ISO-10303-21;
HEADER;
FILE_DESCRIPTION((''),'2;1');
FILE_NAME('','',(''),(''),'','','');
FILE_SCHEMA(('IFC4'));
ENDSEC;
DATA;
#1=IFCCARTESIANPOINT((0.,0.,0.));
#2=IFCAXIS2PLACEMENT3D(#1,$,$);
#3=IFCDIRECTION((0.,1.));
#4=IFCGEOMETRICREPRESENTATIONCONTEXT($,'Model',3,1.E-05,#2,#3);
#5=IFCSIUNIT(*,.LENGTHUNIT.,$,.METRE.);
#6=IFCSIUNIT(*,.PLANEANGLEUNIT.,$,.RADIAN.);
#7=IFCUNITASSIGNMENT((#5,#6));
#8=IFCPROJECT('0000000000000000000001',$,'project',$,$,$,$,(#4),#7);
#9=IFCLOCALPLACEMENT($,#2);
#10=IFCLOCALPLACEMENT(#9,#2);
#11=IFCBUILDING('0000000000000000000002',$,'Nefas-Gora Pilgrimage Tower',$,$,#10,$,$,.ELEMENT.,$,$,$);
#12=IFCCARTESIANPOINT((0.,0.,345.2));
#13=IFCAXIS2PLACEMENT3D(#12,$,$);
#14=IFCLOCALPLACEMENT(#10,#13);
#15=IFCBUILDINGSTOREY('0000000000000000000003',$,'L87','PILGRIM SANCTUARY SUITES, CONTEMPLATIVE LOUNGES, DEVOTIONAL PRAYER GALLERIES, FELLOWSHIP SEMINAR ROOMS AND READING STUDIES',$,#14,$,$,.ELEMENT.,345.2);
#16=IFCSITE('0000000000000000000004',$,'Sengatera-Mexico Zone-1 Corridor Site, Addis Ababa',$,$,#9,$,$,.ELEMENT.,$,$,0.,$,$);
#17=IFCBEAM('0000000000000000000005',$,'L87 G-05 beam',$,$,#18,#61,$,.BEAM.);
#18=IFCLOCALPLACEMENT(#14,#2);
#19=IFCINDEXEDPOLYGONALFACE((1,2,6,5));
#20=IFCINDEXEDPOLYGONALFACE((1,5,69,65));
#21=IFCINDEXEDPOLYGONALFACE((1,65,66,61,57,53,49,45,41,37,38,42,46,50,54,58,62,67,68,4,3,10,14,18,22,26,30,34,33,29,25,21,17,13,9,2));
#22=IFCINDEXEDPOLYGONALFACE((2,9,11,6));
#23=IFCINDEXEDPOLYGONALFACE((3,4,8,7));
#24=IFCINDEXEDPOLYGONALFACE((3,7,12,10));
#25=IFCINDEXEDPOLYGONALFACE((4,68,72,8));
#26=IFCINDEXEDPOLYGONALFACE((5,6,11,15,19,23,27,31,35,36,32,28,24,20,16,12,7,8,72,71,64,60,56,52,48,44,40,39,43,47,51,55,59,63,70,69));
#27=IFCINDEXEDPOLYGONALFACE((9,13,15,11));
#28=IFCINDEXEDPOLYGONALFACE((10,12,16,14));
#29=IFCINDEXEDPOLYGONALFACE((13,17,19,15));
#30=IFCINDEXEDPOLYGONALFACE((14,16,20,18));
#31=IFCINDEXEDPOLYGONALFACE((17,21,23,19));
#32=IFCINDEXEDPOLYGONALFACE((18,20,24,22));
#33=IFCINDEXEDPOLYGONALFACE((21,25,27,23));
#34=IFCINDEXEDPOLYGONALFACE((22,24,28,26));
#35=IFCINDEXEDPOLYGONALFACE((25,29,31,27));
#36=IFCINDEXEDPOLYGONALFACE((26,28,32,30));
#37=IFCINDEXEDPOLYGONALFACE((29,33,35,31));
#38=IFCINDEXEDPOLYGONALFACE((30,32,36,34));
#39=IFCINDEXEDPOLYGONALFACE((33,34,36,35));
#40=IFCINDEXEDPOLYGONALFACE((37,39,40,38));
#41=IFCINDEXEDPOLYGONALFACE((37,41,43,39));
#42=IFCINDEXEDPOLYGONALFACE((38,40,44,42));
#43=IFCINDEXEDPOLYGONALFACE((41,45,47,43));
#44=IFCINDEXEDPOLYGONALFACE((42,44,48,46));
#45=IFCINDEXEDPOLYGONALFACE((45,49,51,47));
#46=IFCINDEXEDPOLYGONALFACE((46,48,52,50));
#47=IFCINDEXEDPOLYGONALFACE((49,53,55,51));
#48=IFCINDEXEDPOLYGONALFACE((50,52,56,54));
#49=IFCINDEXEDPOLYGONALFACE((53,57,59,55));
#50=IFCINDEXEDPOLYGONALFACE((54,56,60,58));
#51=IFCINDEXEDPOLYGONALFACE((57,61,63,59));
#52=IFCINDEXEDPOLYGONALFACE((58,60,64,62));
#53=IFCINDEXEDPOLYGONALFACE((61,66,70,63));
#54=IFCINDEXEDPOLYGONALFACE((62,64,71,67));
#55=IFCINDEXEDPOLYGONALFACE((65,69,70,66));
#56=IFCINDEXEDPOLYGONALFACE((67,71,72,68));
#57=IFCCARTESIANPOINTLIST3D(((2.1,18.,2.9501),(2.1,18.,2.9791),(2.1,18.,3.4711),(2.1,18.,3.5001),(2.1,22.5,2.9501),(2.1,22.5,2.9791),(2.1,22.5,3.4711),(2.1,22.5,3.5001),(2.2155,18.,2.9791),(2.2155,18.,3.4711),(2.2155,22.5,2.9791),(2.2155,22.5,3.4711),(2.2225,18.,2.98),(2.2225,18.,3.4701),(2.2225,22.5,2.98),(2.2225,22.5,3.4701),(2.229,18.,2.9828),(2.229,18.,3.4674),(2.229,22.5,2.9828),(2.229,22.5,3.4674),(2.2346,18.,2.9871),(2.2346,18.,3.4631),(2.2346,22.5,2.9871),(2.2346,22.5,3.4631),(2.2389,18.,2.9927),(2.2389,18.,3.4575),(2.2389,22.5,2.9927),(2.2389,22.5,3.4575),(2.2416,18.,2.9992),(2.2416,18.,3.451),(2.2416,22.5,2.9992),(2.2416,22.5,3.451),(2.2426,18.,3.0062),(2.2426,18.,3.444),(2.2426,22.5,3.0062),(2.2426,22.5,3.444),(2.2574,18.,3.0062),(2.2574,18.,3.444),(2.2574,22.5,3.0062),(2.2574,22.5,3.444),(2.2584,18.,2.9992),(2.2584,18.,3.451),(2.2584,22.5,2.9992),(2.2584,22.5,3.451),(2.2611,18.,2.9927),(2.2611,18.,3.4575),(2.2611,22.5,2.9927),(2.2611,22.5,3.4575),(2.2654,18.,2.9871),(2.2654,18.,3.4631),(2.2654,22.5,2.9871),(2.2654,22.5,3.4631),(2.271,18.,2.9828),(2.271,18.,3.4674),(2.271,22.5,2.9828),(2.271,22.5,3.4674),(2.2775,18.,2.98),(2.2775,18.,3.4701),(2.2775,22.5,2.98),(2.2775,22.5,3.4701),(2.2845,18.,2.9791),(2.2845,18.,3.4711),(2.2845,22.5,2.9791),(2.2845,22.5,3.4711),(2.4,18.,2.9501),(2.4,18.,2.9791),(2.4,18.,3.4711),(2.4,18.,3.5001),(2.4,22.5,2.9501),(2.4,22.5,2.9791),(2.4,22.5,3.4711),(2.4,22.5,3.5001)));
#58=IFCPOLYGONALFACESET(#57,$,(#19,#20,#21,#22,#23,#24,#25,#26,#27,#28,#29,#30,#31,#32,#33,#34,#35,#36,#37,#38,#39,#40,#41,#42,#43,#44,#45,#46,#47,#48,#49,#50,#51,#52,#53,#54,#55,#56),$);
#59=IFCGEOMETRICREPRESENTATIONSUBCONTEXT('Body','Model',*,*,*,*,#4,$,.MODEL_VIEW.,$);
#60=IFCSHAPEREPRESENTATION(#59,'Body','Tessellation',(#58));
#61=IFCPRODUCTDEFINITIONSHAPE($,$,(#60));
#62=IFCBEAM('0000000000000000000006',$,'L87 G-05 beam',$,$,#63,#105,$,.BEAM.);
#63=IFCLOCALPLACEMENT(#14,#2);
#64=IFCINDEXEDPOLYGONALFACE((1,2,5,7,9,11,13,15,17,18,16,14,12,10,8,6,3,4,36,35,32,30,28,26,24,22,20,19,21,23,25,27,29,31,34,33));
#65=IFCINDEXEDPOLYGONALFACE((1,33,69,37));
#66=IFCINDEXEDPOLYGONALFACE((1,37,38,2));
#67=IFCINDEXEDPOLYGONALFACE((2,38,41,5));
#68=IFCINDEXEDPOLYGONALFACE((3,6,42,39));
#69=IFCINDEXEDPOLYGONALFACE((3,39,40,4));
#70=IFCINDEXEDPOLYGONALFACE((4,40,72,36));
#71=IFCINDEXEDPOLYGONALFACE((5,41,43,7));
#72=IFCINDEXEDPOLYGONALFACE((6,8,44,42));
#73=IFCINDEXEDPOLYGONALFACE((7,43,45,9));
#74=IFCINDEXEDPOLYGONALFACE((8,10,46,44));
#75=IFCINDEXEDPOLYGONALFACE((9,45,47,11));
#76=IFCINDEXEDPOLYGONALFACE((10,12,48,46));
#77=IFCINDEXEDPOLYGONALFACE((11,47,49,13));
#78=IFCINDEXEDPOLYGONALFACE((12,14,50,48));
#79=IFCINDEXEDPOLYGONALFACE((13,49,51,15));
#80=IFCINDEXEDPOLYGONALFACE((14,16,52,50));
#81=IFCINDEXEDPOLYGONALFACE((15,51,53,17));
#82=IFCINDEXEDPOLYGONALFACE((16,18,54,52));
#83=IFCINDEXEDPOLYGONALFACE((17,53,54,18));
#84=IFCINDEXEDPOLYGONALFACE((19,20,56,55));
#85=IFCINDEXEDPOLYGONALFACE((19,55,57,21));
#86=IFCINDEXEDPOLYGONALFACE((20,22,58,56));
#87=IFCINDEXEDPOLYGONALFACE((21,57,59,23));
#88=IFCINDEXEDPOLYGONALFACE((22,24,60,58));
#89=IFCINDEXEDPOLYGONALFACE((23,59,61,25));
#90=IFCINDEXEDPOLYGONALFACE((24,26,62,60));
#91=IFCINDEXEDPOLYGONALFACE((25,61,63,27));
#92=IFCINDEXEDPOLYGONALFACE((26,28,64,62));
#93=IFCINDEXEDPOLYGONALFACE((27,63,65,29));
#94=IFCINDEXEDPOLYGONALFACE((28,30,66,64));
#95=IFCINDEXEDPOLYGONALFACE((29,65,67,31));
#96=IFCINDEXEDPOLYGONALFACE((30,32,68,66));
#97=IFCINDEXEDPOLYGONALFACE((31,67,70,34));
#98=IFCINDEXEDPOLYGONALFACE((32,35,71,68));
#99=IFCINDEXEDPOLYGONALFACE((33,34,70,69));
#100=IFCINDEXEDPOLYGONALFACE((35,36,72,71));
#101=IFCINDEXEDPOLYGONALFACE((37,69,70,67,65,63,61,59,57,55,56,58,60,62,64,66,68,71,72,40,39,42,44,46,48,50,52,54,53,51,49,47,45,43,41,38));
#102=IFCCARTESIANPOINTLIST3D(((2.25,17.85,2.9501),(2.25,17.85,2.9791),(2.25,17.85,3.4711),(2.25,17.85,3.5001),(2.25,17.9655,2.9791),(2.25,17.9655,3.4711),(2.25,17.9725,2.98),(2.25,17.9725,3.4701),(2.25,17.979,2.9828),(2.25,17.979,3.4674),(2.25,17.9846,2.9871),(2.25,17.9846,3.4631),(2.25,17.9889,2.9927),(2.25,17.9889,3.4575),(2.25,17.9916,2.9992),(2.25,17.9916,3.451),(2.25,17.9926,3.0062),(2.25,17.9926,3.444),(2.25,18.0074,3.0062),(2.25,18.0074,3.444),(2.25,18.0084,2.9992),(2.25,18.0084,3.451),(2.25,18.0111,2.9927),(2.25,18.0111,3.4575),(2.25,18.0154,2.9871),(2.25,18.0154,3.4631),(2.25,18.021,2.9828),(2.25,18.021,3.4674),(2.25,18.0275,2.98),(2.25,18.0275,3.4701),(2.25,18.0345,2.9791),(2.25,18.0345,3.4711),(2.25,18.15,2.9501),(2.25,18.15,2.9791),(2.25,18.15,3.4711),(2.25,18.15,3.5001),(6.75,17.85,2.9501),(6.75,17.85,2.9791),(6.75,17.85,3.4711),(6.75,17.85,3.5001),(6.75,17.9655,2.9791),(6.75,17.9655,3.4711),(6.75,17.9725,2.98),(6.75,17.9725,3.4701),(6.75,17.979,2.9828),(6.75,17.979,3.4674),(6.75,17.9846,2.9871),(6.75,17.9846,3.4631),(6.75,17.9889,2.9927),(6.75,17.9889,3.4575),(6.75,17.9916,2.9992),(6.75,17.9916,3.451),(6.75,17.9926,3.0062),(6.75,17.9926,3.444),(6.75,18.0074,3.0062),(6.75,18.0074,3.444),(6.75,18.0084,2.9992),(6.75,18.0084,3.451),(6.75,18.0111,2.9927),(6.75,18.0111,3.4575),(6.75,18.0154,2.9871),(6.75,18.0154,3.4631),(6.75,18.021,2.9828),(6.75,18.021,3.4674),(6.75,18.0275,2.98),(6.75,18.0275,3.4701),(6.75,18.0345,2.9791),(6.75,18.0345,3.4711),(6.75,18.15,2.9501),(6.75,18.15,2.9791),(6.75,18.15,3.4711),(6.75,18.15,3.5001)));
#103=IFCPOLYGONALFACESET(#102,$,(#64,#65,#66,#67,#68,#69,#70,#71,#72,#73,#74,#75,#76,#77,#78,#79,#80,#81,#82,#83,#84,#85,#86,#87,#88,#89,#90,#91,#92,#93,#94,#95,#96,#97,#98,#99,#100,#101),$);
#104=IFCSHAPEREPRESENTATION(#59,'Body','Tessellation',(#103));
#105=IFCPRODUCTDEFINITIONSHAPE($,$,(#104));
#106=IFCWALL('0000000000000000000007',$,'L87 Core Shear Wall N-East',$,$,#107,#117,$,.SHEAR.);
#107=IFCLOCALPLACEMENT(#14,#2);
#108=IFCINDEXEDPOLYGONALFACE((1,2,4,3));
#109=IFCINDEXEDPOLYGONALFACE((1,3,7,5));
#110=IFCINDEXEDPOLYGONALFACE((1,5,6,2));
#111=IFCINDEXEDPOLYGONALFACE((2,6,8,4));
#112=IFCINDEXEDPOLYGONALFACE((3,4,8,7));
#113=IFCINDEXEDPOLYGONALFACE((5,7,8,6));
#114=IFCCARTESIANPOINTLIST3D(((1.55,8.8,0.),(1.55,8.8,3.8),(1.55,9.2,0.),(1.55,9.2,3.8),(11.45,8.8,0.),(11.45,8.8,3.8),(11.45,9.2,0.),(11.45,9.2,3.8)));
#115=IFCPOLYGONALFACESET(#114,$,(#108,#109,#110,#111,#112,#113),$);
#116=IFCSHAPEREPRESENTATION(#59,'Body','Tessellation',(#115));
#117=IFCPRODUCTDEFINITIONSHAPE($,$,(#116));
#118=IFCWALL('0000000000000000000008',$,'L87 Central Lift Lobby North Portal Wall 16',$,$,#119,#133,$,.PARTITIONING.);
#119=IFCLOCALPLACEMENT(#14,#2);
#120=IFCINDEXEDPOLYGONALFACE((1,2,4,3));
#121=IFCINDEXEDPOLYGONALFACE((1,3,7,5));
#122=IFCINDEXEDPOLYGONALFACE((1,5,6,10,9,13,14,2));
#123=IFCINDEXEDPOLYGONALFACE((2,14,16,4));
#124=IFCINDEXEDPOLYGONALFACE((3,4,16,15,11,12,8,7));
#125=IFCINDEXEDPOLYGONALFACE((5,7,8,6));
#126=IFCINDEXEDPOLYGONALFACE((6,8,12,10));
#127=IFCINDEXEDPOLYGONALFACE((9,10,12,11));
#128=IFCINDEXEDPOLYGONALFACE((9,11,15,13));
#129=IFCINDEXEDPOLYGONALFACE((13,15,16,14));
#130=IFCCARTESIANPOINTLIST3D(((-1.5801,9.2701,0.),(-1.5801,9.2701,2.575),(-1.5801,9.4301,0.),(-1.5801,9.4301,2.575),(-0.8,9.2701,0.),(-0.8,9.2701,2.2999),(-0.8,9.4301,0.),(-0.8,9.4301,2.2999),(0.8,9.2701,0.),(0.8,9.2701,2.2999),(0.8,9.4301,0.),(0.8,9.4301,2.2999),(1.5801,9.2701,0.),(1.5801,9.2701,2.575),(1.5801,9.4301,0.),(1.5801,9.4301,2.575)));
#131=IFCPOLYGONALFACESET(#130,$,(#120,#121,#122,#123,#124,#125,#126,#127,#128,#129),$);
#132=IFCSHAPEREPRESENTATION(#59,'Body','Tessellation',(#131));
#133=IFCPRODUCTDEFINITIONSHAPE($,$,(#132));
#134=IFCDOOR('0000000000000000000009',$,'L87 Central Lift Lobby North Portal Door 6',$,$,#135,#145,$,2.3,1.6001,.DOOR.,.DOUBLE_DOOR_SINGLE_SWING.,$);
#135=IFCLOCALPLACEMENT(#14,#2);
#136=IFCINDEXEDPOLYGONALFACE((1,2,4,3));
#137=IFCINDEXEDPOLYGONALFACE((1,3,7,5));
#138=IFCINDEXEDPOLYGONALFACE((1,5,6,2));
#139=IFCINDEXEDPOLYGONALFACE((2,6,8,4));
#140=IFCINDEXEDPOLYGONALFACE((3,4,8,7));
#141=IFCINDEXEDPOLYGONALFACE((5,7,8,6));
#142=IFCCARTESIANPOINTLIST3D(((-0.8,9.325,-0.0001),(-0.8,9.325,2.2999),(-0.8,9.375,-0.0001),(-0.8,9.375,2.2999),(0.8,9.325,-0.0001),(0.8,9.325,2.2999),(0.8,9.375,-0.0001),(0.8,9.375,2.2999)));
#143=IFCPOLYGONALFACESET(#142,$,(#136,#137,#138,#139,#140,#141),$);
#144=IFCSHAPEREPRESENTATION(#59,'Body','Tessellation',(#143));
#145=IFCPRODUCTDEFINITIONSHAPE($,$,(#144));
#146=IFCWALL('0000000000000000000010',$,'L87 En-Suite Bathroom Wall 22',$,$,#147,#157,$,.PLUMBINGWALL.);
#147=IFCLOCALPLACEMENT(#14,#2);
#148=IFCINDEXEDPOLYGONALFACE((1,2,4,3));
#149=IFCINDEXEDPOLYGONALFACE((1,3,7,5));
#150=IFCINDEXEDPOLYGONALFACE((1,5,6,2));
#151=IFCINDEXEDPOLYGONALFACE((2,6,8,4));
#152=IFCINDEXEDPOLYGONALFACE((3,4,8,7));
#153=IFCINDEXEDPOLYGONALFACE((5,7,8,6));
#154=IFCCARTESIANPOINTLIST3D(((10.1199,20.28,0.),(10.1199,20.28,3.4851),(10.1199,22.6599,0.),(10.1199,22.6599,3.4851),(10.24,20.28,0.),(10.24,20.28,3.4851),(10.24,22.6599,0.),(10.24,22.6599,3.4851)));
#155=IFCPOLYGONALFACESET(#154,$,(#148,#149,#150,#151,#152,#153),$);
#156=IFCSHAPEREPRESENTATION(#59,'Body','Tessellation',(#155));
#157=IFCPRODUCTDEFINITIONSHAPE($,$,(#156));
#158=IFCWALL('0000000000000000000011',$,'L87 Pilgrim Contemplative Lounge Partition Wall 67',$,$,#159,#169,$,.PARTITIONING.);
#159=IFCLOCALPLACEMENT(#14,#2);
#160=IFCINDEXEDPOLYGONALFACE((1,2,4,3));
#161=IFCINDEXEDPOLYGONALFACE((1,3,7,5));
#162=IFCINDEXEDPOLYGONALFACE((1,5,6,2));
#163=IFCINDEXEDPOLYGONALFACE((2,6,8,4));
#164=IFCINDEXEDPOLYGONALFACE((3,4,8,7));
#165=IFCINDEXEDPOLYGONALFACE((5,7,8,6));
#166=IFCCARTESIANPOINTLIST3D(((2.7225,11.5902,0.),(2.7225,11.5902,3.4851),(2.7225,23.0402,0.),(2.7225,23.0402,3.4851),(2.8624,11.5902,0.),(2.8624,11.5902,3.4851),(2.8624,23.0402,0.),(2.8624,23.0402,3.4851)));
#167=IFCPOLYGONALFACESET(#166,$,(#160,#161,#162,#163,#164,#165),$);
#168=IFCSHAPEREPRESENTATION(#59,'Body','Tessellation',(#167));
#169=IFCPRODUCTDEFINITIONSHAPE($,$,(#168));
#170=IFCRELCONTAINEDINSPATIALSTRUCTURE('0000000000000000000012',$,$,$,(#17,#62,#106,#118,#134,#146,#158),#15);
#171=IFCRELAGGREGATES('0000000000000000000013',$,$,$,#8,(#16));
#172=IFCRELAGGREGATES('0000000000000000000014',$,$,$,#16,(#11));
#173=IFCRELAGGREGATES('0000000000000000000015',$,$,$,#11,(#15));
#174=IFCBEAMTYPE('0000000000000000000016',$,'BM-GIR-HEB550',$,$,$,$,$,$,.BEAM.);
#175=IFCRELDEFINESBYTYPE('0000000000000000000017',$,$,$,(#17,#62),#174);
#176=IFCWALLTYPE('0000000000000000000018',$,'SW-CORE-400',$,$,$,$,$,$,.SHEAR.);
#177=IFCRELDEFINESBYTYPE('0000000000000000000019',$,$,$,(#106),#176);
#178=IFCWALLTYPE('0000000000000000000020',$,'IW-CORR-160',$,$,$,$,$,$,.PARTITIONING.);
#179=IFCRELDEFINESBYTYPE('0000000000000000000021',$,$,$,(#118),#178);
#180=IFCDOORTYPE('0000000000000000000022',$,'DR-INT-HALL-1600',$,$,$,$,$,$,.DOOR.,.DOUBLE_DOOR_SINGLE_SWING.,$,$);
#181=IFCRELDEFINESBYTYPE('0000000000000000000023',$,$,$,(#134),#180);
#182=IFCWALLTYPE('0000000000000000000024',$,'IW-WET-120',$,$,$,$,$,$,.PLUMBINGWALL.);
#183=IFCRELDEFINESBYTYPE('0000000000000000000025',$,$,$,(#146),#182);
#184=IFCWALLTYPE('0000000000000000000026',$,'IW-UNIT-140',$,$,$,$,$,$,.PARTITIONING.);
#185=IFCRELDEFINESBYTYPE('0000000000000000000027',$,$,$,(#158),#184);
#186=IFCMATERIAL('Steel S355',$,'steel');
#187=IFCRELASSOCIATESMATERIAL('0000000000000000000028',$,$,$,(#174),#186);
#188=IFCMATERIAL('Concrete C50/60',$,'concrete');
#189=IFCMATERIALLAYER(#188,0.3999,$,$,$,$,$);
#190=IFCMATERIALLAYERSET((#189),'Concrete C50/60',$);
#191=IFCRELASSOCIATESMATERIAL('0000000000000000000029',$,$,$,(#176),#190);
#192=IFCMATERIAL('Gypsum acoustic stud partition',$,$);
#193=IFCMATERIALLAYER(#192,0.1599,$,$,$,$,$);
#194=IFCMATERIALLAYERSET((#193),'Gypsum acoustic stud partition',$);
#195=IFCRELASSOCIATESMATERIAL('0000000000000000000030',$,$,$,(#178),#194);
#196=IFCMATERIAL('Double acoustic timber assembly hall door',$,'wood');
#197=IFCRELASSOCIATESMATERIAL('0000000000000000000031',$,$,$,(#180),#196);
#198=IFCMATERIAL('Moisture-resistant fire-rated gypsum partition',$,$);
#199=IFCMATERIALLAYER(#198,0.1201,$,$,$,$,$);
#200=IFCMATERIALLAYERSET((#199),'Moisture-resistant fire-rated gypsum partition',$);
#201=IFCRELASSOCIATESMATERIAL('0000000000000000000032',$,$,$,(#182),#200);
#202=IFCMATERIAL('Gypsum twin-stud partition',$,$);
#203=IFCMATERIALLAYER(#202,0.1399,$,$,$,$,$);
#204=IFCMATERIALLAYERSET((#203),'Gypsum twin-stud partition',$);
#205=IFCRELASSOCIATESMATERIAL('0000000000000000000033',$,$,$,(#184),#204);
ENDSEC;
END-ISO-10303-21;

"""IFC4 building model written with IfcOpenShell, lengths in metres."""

from ifc_helpers import new_model, si_unit, direction, frame, frame_2d, origin, origin_2d, place, context, subcontext, project, spatial, rectangle, i_section, extrude, source, transform, mapped, material, layer, layer_set, material_profile, profile_set, type_object, element, fill, save


model = new_model("IFC4")

# Units and contexts
model_context = context("Model", 3, precision=1e-05, world=origin(), true_north=direction((0.0, 1.0)))
body_context = subcontext(model_context, "Body", "Model", "MODEL_VIEW")
ifc_project = project(units=[si_unit("LENGTHUNIT", "METRE"), si_unit("PLANEANGLEUNIT", "RADIAN")], contexts=[model_context])

# Site, building, storey
site_placement = place(None, origin())
site = spatial("IfcSite", under=ifc_project, at=site_placement, Name="Sengatera-Mexico Zone-1 Corridor Site, Addis Ababa", CompositionType="ELEMENT", RefElevation=0.0)
building_placement = place(site_placement, origin())
building = spatial("IfcBuilding", under=site, at=building_placement, Name="Nefas-Gora Pilgrimage Tower", CompositionType="ELEMENT")
storey_placement = place(building_placement, frame((0.0, 0.0, 345.2)))
storey = spatial("IfcBuildingStorey", under=building, at=storey_placement, Name="L87", Description="PILGRIM SANCTUARY SUITES, CONTEMPLATIVE LOUNGES, DEVOTIONAL PRAYER GALLERIES, FELLOWSHIP SEMINAR ROOMS AND READING STUDIES", CompositionType="ELEMENT", Elevation=345.2)

# Shared definitions
ifc_material_1 = material(Name="Steel S355", Category="steel")

# Beams
ifc_material_profile_1 = material_profile(ifc_material_1, i_section(OverallWidth=0.3, OverallDepth=0.55, WebThickness=0.0149, FlangeThickness=0.0291, FilletRadius=0.0271, at=origin_2d()), Name="HEB 550")
ifc_profile_set_1 = profile_set([ifc_material_profile_1], Name="Steel S355")
beam_type_1 = type_object("IfcBeamType", Name="BM-GIR-HEB550", PredefinedType="BEAM", material=ifc_profile_set_1)
shared_shape_1 = source(origin(), body_context, "Body", "SweptSolid", [
    extrude(i_section(OverallWidth=0.3, OverallDepth=0.55, WebThickness=0.0149, FlangeThickness=0.0291, FilletRadius=0.0271, at=origin_2d()), origin(), (0.0, 0.0, 1.0), 4.5),
])
for number, where, z_axis, x_axis, name in (
    (1, (2.25, 18.0, 3.2251), (0.0, 1.0, 0.0), (-1.0, 0.0, 0.0), "L87 G-05 beam"),
    (2, (2.25, 18.0, 3.2251), (1.0, 0.0, 0.0), (0.0, 1.0, 0.0), "L87 G-05 beam"),
):
    element("IfcBeam", number, at=place(storey_placement, frame(where, z_axis=z_axis, x_axis=x_axis)), inside=storey, type_object=beam_type_1, Name=name, PredefinedType="BEAM", context=body_context, shape_type="MappedRepresentation", body=[
        mapped(shared_shape_1, transform((0.0, 0.0, 0.0), x_axis=(1.0, 0.0, 0.0), y_axis=(0.0, 1.0, 0.0), z_axis=(0.0, 0.0, 1.0), scale=1.0)),
    ])

# Wall
ifc_material_2 = material(Name="Concrete C50/60", Category="concrete")
ifc_layer_1 = layer(ifc_material_2, 0.3999)
ifc_layer_set_1 = layer_set([ifc_layer_1], Name="Concrete C50/60")
wall_type_1 = type_object("IfcWallType", Name="SW-CORE-400", PredefinedType="SHEAR", material=ifc_layer_set_1)
shared_shape_2 = source(origin(), body_context, "Body", "SweptSolid", [
    extrude(rectangle(XDim=9.8999, YDim=0.3999, at=frame_2d((4.95, 0.0))), origin(), (0.0, 0.0, 1.0), 3.8),
])
wall_1_placement = place(storey_placement, frame((1.55, 9.0, 0.0), z_axis=(0.0, 0.0, 1.0), x_axis=(1.0, 0.0, 0.0)))
element("IfcWall", 3, at=wall_1_placement, inside=storey, type_object=wall_type_1, Name="L87 Core Shear Wall N-East", PredefinedType="SHEAR", context=body_context, shape_type="MappedRepresentation", body=[
    mapped(shared_shape_2, transform((0.0, 0.0, 0.0), x_axis=(1.0, 0.0, 0.0), y_axis=(0.0, 1.0, 0.0), z_axis=(0.0, 0.0, 1.0), scale=1.0)),
])

# Wall, opening, door
ifc_material_3 = material(Name="Gypsum acoustic stud partition")
ifc_layer_2 = layer(ifc_material_3, 0.1599)
ifc_layer_set_2 = layer_set([ifc_layer_2], Name="Gypsum acoustic stud partition")
wall_type_2 = type_object("IfcWallType", Name="IW-CORR-160", PredefinedType="PARTITIONING", material=ifc_layer_set_2)
shared_shape_3 = source(origin(), body_context, "Body", "SweptSolid", [
    extrude(rectangle(XDim=3.1602, YDim=0.1599, at=frame_2d((1.5801, 0.0))), origin(), (0.0, 0.0, 1.0), 2.575),
])
wall_2_placement = place(storey_placement, frame((-1.5801, 9.3501, 0.0), z_axis=(0.0, 0.0, 1.0), x_axis=(1.0, 0.0, 0.0)))
wall_2 = element("IfcWall", 4, at=wall_2_placement, inside=storey, type_object=wall_type_2, Name="L87 Central Lift Lobby North Portal Wall 16", PredefinedType="PARTITIONING", context=body_context, shape_type="MappedRepresentation", body=[
    mapped(shared_shape_3, transform((0.0, 0.0, 0.0), x_axis=(1.0, 0.0, 0.0), y_axis=(0.0, 1.0, 0.0), z_axis=(0.0, 0.0, 1.0), scale=1.0)),
])
opening_1_placement = place(wall_2_placement, frame((0.78, 0.0, 0.0)))
opening_1 = element("IfcOpeningElement", 5, at=opening_1_placement, cuts=wall_2, PredefinedType="OPENING", context=body_context, shape_type="SweptSolid", body=[
    extrude(rectangle(XDim=1.6001, YDim=2.3, at=frame_2d((0.8, 1.1499))), frame((0.0, 0.0898, 0.0), z_axis=(0.0, -1.0, 0.0), x_axis=(1.0, 0.0, 0.0)), (0.0, 0.0, 1.0), 0.1799),
])
ifc_material_4 = material(Name="Double acoustic timber assembly hall door", Category="wood")
door_type_1 = type_object("IfcDoorType", Name="DR-INT-HALL-1600", OperationType="DOUBLE_DOOR_SINGLE_SWING", PredefinedType="DOOR", material=ifc_material_4)
shared_shape_4 = source(origin(), body_context, "Body", "SweptSolid", [
    extrude(rectangle(XDim=1.6001, YDim=2.3, at=frame_2d((0.8, 1.1499))), frame((0.0, 0.0249, 0.0), z_axis=(0.0, -1.0, 0.0), x_axis=(1.0, 0.0, 0.0)), (0.0, 0.0, 1.0), 0.05),
])
door_1_placement = place(opening_1_placement, origin())
door_1 = element("IfcDoor", 6, at=door_1_placement, inside=storey, type_object=door_type_1, Name="L87 Central Lift Lobby North Portal Door 6", OperationType="DOUBLE_DOOR_SINGLE_SWING", OverallHeight=2.3, OverallWidth=1.6001, PredefinedType="DOOR", context=body_context, shape_type="MappedRepresentation", body=[
    mapped(shared_shape_4, transform((0.0, 0.0, 0.0), x_axis=(1.0, 0.0, 0.0), y_axis=(0.0, 1.0, 0.0), z_axis=(0.0, 0.0, 1.0), scale=1.0)),
])
fill(opening_1, door_1)

# Walls
ifc_material_5 = material(Name="Moisture-resistant fire-rated gypsum partition")
ifc_layer_3 = layer(ifc_material_5, 0.1201)
ifc_layer_set_3 = layer_set([ifc_layer_3], Name="Moisture-resistant fire-rated gypsum partition")
wall_type_3 = type_object("IfcWallType", Name="IW-WET-120", PredefinedType="PLUMBINGWALL", material=ifc_layer_set_3)
shared_shape_5 = source(origin(), body_context, "Body", "SweptSolid", [
    extrude(rectangle(XDim=2.3799, YDim=0.1201, at=frame_2d((1.1899, 0.0))), origin(), (0.0, 0.0, 1.0), 3.4851),
])
wall_3_placement = place(storey_placement, frame((10.1799, 20.28, 0.0), z_axis=(0.0, 0.0, 1.0), x_axis=(0.0, 1.0, 0.0)))
element("IfcWall", 7, at=wall_3_placement, inside=storey, type_object=wall_type_3, Name="L87 En-Suite Bathroom Wall 22", PredefinedType="PLUMBINGWALL", context=body_context, shape_type="MappedRepresentation", body=[
    mapped(shared_shape_5, transform((0.0, 0.0, 0.0), x_axis=(1.0, 0.0, 0.0), y_axis=(0.0, 1.0, 0.0), z_axis=(0.0, 0.0, 1.0), scale=1.0)),
])
ifc_material_6 = material(Name="Gypsum twin-stud partition")
ifc_layer_4 = layer(ifc_material_6, 0.1399)
ifc_layer_set_4 = layer_set([ifc_layer_4], Name="Gypsum twin-stud partition")
wall_type_4 = type_object("IfcWallType", Name="IW-UNIT-140", PredefinedType="PARTITIONING", material=ifc_layer_set_4)
shared_shape_6 = source(origin(), body_context, "Body", "SweptSolid", [
    extrude(rectangle(XDim=11.45, YDim=0.1399, at=frame_2d((5.7251, 0.0))), origin(), (0.0, 0.0, 1.0), 3.4851),
])
for number, where, z_axis, x_axis, name in (
    (8, (2.7925, 11.5901, 0.0), (0.0, 0.0, 1.0), (0.0, 1.0, 0.0), "L87 Pilgrim Contemplative Lounge Partition Wall 67"),
):
    element("IfcWall", number, at=place(storey_placement, frame(where, z_axis=z_axis, x_axis=x_axis)), inside=storey, type_object=wall_type_4, Name=name, PredefinedType="PARTITIONING", context=body_context, shape_type="MappedRepresentation", body=[
        mapped(shared_shape_6, transform((0.0, 0.0, 0.0), x_axis=(1.0, 0.0, 0.0), y_axis=(0.0, 1.0, 0.0), z_axis=(0.0, 0.0, 1.0), scale=1.0)),
    ])

save(model, "model.ifc")
